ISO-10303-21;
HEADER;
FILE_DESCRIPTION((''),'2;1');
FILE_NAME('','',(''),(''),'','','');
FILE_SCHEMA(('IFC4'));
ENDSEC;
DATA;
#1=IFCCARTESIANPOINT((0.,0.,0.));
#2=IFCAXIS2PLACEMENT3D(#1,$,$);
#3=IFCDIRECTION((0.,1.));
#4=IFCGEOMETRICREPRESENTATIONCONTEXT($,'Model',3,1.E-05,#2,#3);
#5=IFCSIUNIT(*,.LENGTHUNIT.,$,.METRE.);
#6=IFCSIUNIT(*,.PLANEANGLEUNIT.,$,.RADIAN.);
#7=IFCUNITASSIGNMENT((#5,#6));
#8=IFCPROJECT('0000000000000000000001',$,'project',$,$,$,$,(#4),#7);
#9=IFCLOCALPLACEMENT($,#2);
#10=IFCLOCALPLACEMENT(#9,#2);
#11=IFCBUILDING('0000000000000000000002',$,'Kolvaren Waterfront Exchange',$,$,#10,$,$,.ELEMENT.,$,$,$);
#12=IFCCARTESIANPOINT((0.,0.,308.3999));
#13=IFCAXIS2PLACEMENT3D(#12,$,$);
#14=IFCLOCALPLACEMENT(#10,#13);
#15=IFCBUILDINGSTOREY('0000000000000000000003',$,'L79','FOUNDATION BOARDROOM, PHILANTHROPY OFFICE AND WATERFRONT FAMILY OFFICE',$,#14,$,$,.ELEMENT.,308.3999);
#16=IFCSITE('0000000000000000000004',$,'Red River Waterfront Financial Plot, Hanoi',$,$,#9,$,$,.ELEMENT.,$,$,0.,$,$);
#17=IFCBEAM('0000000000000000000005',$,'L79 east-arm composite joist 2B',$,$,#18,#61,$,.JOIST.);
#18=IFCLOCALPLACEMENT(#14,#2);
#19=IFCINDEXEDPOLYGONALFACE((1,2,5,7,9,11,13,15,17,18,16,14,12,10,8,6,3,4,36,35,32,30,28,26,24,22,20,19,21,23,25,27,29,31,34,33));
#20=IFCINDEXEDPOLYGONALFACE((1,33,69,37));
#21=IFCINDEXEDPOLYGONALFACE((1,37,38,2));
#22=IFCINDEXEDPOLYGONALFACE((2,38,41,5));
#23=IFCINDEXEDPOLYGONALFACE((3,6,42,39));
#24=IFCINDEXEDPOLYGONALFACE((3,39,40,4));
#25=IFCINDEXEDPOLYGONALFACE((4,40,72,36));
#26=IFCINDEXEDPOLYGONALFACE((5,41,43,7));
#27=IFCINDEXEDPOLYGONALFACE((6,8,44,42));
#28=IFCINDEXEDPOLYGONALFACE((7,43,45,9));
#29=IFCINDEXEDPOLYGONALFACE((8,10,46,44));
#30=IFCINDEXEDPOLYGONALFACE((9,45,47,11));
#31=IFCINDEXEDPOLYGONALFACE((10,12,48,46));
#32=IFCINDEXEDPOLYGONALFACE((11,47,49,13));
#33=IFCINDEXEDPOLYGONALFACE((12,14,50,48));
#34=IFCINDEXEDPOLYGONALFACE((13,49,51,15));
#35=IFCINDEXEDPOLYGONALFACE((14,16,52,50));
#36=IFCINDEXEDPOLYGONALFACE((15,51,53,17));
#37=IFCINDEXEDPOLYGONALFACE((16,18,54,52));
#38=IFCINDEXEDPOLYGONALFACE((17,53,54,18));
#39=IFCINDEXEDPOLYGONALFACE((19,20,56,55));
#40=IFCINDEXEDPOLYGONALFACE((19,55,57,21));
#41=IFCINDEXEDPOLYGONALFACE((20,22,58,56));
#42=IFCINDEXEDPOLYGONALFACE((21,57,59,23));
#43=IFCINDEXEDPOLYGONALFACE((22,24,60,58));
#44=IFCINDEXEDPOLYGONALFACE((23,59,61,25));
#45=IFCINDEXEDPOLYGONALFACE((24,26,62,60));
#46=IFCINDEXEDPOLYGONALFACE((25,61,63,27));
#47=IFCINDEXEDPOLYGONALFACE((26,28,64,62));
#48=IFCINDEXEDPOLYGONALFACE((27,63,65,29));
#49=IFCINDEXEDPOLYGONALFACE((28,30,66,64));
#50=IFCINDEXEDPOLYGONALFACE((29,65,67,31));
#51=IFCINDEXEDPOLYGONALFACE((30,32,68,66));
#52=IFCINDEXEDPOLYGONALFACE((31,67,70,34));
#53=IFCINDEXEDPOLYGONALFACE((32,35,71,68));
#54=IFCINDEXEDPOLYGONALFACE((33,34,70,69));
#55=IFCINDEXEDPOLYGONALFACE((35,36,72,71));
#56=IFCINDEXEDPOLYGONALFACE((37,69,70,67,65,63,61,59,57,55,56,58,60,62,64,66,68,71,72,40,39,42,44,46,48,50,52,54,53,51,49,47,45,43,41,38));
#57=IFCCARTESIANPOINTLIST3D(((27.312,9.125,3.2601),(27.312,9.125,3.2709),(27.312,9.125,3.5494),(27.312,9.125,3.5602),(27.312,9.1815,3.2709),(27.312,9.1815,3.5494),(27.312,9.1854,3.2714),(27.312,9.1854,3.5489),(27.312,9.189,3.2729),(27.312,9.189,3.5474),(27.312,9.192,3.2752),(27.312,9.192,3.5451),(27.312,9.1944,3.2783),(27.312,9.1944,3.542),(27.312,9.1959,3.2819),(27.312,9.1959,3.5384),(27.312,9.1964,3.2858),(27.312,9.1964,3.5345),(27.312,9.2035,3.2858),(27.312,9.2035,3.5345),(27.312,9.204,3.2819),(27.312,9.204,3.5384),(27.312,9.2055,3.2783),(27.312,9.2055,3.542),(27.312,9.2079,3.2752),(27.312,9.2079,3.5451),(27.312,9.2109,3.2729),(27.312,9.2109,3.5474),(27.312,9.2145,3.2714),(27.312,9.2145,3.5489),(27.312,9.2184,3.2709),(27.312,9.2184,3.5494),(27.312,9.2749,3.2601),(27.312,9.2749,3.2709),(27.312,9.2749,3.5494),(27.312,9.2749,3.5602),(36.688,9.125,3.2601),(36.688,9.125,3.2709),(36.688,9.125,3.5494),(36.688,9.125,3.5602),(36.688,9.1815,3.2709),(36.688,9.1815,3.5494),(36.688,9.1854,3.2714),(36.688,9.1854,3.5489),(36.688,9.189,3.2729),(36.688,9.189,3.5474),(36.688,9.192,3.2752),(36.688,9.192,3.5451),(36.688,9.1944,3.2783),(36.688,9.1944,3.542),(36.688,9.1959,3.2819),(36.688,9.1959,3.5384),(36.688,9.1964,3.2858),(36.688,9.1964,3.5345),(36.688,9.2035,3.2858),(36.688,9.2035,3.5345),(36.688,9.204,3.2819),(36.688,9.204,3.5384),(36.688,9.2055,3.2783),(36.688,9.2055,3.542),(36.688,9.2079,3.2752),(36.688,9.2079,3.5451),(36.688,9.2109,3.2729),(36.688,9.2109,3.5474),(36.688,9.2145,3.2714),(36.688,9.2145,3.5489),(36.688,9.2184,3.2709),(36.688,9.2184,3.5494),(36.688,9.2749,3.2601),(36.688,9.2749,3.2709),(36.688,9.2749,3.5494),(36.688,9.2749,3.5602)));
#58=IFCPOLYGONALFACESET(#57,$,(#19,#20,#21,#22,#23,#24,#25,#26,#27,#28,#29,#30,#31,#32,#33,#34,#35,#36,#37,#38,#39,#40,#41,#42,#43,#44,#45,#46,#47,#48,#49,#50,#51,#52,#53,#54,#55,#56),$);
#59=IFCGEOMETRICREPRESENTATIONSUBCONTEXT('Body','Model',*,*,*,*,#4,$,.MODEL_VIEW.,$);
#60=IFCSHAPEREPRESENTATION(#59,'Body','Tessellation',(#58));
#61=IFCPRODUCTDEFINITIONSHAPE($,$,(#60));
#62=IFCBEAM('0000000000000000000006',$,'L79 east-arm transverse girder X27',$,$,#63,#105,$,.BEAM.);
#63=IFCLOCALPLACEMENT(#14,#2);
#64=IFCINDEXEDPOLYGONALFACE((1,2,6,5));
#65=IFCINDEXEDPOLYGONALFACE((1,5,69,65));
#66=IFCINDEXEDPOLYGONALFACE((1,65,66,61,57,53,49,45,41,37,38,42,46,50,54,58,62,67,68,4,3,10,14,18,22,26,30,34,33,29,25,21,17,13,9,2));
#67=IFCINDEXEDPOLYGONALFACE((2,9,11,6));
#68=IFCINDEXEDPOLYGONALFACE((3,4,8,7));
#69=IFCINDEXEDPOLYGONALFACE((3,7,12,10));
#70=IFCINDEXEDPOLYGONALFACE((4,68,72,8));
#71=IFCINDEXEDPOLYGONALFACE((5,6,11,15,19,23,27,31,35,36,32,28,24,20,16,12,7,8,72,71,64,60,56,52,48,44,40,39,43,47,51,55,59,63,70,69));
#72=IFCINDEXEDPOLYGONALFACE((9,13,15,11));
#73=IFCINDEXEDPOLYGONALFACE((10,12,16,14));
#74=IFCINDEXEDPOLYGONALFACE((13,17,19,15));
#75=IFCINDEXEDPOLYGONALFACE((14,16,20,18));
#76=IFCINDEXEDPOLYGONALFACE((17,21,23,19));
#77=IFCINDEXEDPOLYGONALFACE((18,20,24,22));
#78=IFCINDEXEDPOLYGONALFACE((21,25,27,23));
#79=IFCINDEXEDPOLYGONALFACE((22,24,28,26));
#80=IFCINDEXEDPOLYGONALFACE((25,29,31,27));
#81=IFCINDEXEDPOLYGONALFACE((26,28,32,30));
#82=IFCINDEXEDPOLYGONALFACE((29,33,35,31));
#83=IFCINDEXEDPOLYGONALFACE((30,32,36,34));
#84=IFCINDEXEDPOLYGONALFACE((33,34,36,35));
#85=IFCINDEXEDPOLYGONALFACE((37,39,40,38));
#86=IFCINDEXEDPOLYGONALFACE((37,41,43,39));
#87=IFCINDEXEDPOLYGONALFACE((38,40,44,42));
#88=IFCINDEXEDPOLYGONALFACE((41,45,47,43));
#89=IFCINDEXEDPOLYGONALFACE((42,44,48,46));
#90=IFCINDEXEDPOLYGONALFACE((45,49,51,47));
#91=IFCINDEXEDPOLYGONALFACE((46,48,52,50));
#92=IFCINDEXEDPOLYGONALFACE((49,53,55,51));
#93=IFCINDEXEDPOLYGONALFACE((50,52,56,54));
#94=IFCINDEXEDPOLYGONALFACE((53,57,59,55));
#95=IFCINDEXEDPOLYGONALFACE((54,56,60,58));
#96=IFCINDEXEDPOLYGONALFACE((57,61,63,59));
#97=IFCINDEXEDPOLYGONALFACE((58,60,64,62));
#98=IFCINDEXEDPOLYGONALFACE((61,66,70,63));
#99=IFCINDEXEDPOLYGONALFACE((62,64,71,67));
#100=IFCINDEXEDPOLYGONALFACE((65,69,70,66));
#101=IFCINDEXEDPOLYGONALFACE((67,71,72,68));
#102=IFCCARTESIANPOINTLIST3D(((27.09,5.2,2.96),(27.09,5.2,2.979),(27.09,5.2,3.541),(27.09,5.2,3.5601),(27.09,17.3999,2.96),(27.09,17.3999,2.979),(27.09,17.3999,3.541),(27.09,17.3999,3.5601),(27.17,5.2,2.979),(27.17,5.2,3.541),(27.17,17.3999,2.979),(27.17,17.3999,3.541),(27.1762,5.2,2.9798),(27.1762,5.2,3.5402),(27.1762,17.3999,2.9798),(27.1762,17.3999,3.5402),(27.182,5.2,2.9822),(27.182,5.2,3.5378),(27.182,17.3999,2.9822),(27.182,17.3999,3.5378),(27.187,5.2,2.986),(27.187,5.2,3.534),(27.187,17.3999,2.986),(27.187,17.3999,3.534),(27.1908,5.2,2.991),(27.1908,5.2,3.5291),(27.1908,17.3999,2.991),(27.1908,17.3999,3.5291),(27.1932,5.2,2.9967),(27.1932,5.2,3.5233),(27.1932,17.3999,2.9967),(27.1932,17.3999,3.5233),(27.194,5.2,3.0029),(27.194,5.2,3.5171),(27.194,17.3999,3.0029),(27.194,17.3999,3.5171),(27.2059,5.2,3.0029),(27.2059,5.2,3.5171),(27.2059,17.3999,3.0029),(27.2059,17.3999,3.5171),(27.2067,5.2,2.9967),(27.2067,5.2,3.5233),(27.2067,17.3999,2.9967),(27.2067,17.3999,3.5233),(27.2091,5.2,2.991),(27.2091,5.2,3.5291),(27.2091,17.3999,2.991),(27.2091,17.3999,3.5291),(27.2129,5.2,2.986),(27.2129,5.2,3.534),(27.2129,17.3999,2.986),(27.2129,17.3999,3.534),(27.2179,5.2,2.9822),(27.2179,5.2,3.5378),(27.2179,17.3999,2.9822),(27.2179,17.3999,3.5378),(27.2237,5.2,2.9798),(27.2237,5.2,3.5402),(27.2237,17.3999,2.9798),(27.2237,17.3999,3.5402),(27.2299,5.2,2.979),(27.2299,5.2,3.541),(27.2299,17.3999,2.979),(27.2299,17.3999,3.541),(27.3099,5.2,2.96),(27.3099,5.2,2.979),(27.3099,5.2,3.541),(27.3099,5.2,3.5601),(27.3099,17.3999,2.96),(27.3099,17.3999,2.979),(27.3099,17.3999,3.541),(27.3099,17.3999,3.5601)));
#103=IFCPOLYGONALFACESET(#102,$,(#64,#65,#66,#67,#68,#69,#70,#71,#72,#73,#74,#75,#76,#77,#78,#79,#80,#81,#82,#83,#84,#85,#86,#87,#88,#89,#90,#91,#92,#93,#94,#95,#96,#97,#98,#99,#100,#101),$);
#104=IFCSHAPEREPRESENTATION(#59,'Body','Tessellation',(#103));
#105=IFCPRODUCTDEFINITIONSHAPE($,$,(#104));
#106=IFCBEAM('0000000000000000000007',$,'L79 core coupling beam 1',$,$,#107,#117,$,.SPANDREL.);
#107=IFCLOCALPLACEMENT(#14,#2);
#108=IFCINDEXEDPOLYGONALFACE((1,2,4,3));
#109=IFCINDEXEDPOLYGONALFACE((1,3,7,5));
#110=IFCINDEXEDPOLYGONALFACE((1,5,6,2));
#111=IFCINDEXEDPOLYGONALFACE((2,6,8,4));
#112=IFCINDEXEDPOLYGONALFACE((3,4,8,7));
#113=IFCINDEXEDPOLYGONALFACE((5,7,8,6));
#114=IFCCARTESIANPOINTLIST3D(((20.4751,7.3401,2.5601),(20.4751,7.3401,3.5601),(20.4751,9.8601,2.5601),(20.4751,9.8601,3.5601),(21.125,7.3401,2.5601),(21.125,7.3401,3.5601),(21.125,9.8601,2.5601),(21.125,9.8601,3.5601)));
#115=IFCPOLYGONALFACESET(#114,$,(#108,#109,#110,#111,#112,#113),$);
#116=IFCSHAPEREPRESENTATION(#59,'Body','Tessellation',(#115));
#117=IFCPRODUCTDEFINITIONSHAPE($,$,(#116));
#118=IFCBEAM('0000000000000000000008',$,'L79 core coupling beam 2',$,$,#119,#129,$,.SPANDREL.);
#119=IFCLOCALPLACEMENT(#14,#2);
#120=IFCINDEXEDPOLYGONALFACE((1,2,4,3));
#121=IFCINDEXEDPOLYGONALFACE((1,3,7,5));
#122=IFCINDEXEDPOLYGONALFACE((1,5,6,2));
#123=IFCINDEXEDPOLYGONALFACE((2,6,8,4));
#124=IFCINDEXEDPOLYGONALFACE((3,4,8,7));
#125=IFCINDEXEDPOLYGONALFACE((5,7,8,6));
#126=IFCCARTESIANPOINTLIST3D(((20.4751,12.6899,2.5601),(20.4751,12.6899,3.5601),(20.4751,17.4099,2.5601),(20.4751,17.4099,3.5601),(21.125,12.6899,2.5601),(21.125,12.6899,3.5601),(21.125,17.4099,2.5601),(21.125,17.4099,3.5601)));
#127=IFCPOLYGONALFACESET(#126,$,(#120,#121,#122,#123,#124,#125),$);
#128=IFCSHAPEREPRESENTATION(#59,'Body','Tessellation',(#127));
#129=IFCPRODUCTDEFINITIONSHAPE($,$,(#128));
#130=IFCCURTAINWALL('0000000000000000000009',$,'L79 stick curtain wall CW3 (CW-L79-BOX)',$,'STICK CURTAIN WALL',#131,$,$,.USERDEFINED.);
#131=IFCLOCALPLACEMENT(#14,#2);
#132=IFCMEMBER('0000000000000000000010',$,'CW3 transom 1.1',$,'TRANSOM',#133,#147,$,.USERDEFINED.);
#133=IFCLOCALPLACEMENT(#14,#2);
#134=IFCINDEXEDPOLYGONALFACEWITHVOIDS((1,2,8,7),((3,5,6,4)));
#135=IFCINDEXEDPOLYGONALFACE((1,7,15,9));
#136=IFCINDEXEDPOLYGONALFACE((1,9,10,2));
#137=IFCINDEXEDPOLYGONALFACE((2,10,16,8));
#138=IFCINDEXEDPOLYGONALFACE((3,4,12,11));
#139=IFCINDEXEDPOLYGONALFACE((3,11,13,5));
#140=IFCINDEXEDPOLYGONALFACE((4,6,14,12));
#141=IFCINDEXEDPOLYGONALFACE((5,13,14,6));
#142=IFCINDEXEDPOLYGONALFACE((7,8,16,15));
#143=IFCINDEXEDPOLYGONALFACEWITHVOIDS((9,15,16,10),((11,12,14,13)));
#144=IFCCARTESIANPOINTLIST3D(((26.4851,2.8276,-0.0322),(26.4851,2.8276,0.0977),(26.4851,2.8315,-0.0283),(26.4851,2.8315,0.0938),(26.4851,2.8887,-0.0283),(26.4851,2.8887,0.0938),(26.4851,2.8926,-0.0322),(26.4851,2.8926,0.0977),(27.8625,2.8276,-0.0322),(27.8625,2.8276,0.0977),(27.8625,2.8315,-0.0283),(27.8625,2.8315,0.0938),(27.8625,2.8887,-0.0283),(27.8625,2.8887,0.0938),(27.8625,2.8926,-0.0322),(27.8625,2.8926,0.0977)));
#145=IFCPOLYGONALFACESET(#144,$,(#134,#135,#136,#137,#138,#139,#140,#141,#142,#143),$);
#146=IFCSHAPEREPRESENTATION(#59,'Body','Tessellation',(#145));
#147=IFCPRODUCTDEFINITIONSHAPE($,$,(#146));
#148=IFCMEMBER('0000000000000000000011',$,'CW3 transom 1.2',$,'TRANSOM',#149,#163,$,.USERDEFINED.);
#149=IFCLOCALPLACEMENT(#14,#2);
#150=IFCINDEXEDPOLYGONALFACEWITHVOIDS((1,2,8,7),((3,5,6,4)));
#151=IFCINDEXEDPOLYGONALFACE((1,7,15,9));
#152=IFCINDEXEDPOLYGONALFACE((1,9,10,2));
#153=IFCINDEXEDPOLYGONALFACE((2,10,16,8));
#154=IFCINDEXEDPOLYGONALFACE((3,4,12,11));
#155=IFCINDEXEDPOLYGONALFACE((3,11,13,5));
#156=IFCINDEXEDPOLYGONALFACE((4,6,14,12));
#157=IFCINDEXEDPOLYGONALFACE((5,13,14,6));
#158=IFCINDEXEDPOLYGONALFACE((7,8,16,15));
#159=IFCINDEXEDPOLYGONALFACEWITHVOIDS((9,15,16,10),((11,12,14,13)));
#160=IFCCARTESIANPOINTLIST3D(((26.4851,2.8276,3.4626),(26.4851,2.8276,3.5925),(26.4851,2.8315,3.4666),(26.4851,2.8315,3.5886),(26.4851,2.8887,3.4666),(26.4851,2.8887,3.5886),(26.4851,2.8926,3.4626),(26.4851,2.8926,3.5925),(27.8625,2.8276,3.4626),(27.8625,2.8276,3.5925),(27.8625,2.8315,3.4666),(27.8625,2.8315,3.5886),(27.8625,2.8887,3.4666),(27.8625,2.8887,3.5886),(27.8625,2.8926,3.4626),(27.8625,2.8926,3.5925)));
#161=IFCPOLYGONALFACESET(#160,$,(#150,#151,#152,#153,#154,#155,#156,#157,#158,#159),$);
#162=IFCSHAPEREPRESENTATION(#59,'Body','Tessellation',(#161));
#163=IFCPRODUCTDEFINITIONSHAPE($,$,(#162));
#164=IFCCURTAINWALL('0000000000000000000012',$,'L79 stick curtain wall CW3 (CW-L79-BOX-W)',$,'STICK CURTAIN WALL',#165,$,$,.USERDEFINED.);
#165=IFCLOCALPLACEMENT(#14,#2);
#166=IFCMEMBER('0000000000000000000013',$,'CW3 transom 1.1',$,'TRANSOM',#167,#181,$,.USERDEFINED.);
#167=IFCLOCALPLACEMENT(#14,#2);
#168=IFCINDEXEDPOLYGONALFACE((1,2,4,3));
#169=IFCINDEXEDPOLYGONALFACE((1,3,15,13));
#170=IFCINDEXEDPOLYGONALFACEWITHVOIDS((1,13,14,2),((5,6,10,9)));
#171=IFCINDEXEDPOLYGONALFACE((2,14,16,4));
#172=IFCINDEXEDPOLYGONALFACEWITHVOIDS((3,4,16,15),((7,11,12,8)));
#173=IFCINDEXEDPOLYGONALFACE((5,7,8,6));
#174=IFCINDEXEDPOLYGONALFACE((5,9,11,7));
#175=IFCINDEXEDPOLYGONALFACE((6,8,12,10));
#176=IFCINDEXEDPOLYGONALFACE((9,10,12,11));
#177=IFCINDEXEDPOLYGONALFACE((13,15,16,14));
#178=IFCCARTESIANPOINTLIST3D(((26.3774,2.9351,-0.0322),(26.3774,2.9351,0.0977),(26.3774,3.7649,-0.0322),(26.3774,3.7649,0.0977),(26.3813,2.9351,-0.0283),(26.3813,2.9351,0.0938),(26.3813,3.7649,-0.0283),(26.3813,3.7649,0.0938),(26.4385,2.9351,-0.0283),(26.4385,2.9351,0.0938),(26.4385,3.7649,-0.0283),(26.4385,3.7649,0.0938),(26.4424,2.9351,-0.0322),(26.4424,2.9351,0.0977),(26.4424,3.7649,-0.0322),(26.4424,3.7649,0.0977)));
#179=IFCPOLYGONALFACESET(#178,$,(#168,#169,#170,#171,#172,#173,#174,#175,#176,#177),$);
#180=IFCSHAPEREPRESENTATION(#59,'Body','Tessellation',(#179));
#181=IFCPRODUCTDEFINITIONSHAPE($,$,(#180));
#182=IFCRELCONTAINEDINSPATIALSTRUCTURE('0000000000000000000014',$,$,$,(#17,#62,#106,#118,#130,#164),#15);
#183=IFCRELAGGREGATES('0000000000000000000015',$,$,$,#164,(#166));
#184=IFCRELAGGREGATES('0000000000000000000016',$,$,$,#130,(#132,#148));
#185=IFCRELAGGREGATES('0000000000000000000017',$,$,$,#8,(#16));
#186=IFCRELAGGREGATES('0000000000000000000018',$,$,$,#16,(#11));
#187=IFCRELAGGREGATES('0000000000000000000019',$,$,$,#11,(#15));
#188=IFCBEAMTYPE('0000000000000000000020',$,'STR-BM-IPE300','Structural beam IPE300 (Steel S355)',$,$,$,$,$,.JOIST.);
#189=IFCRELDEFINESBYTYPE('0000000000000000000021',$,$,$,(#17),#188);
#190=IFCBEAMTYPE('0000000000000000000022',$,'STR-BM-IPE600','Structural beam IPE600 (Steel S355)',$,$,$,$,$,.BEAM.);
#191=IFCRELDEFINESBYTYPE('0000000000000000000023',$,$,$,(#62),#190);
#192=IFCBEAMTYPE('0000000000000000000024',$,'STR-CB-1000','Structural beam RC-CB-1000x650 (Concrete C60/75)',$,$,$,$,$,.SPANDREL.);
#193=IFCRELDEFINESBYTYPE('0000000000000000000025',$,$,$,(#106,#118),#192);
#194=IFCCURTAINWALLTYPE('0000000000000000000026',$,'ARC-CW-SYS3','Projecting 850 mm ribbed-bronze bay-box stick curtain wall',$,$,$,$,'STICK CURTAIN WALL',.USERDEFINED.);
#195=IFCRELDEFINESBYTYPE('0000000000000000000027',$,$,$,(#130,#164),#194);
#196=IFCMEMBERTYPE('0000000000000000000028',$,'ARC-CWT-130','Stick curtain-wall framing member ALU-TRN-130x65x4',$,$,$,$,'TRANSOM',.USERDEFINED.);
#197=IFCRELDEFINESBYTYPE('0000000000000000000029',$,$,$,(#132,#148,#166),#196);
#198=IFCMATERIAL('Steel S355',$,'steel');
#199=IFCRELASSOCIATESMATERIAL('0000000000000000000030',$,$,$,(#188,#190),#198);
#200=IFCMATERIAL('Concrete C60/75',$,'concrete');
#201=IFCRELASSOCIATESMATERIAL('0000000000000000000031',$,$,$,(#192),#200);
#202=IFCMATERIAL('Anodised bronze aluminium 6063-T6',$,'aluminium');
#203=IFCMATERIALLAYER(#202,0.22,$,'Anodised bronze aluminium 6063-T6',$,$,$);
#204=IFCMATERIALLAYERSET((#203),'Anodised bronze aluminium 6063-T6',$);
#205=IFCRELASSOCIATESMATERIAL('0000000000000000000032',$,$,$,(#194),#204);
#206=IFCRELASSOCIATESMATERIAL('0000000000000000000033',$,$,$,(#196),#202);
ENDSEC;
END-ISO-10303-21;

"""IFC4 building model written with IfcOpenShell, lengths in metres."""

from ifc_helpers import new_model, si_unit, direction, frame, origin, origin_with_axes, origin_2d, place, context, subcontext, project, spatial, rectangle, hollow_rectangle, i_section, extrude, source, transform, mapped, material, layer, layer_set, material_profile, profile_set, type_object, element, aggregate, save


model = new_model("IFC4")

# Units and contexts
model_context = context("Model", 3, precision=1e-05, world=origin(), true_north=direction((0.0, 1.0)))
body_context = subcontext(model_context, "Body", "Model", "MODEL_VIEW")
ifc_project = project(units=[si_unit("LENGTHUNIT", "METRE"), si_unit("PLANEANGLEUNIT", "RADIAN")], contexts=[model_context])

# Site, building, storey
site_placement = place(None, origin())
site = spatial("IfcSite", under=ifc_project, at=site_placement, Name="Red River Waterfront Financial Plot, Hanoi", CompositionType="ELEMENT", RefElevation=0.0)
building_placement = place(site_placement, origin())
building = spatial("IfcBuilding", under=site, at=building_placement, Name="Kolvaren Waterfront Exchange", CompositionType="ELEMENT")
storey_placement = place(building_placement, frame((0.0, 0.0, 308.3999)))
storey = spatial("IfcBuildingStorey", under=building, at=storey_placement, Name="L79", Description="FOUNDATION BOARDROOM, PHILANTHROPY OFFICE AND WATERFRONT FAMILY OFFICE", CompositionType="ELEMENT", Elevation=308.3999)

# Beams
ifc_material_1 = material(Name="Steel S355", Category="steel")
ifc_material_profile_1 = material_profile(ifc_material_1, i_section(OverallWidth=0.1499, OverallDepth=0.3, WebThickness=0.0071, FlangeThickness=0.0107, FilletRadius=0.0149, at=origin_2d()), Name="IPE300")
ifc_profile_set_1 = profile_set([ifc_material_profile_1], Name="Steel S355")
beam_type_1 = type_object("IfcBeamType", Name="STR-BM-IPE300", Description="Structural beam IPE300 (Steel S355)", PredefinedType="JOIST", material=ifc_profile_set_1)
beam_1_placement = place(storey_placement, frame((27.312, 9.2, 3.4102), z_axis=(1.0, 0.0, 0.0), x_axis=(0.0, 1.0, 0.0)))
element("IfcBeam", 1, at=beam_1_placement, inside=storey, type_object=beam_type_1, Name="L79 east-arm composite joist 2B", PredefinedType="JOIST", context=body_context, shape_type="SweptSolid", body=[
    extrude(i_section(OverallWidth=0.1499, OverallDepth=0.3, WebThickness=0.0071, FlangeThickness=0.0107, FilletRadius=0.0149, at=origin_2d()), origin(), (0.0, 0.0, 1.0), 9.376),
])
ifc_material_profile_2 = material_profile(ifc_material_1, i_section(OverallWidth=0.22, OverallDepth=0.6001, WebThickness=0.012, FlangeThickness=0.019, FilletRadius=0.0239, at=origin_2d()), Name="IPE600")
ifc_profile_set_2 = profile_set([ifc_material_profile_2], Name="Steel S355")
beam_type_2 = type_object("IfcBeamType", Name="STR-BM-IPE600", Description="Structural beam IPE600 (Steel S355)", PredefinedType="BEAM", material=ifc_profile_set_2)
beam_2_placement = place(storey_placement, frame((27.2, 5.2, 3.26), z_axis=(0.0, 1.0, 0.0), x_axis=(-1.0, 0.0, 0.0)))
element("IfcBeam", 2, at=beam_2_placement, inside=storey, type_object=beam_type_2, Name="L79 east-arm transverse girder X27", PredefinedType="BEAM", context=body_context, shape_type="SweptSolid", body=[
    extrude(i_section(OverallWidth=0.22, OverallDepth=0.6001, WebThickness=0.012, FlangeThickness=0.019, FilletRadius=0.0239, at=origin_2d()), origin(), (0.0, 0.0, 1.0), 12.2),
])
ifc_material_2 = material(Name="Concrete C60/75", Category="concrete")
ifc_material_profile_3 = material_profile(ifc_material_2, rectangle(XDim=0.6499, YDim=1.0, at=origin_2d()), Name="RC-CB-1000x650")
ifc_profile_set_3 = profile_set([ifc_material_profile_3], Name="Concrete C60/75")
beam_type_3 = type_object("IfcBeamType", Name="STR-CB-1000", Description="Structural beam RC-CB-1000x650 (Concrete C60/75)", PredefinedType="SPANDREL", material=ifc_profile_set_3)
beam_3_placement = place(storey_placement, frame((20.8, 7.3401, 3.0601), z_axis=(0.0, 1.0, 0.0), x_axis=(-1.0, 0.0, 0.0)))
element("IfcBeam", 3, at=beam_3_placement, inside=storey, type_object=beam_type_3, Name="L79 core coupling beam 1", PredefinedType="SPANDREL", context=body_context, shape_type="SweptSolid", body=[
    extrude(rectangle(XDim=0.6499, YDim=1.0, at=origin_2d()), origin(), (0.0, 0.0, 1.0), 2.52),
])
beam_4_placement = place(storey_placement, frame((20.8, 12.6899, 3.0601), z_axis=(0.0, 1.0, 0.0), x_axis=(-1.0, 0.0, 0.0)))
element("IfcBeam", 4, at=beam_4_placement, inside=storey, type_object=beam_type_3, Name="L79 core coupling beam 2", PredefinedType="SPANDREL", context=body_context, shape_type="SweptSolid", body=[
    extrude(rectangle(XDim=0.6499, YDim=1.0, at=origin_2d()), origin(), (0.0, 0.0, 1.0), 4.72),
])

# Curtain walls, members
ifc_material_3 = material(Name="Anodised bronze aluminium 6063-T6", Category="aluminium")
ifc_layer_1 = layer(ifc_material_3, 0.22, Name="Anodised bronze aluminium 6063-T6")
ifc_layer_set_1 = layer_set([ifc_layer_1], Name="Anodised bronze aluminium 6063-T6")
curtain_wall_type_1 = type_object("IfcCurtainWallType", Name="ARC-CW-SYS3", Description="Projecting 850 mm ribbed-bronze bay-box stick curtain wall", ElementType="STICK CURTAIN WALL", PredefinedType="USERDEFINED", material=ifc_layer_set_1)
curtain_wall_1_placement = place(storey_placement, origin())
curtain_wall_1 = element("IfcCurtainWall", 5, at=curtain_wall_1_placement, inside=storey, type_object=curtain_wall_type_1, Name="L79 stick curtain wall CW3 (CW-L79-BOX)", ObjectType="STICK CURTAIN WALL", PredefinedType="USERDEFINED")
ifc_material_profile_4 = material_profile(ifc_material_3, hollow_rectangle(XDim=0.0649, YDim=0.1299, WallThickness=0.0039, at=origin_2d()), Name="ALU-TRN-130x65x4")
ifc_profile_set_4 = profile_set([ifc_material_profile_4], Name="Anodised bronze aluminium 6063-T6")
member_type_1 = type_object("IfcMemberType", Name="ARC-CWT-130", Description="Stick curtain-wall framing member ALU-TRN-130x65x4", ElementType="TRANSOM", PredefinedType="USERDEFINED", material=ifc_profile_set_4)
shared_shape_1 = source(origin_with_axes(), body_context, "Body", "SweptSolid", [
    extrude(hollow_rectangle(XDim=0.0649, YDim=0.1299, WallThickness=0.0039, at=origin_2d()), origin(), (0.0, 0.0, 1.0), 1.3774),
])
member_1_placement = place(storey_placement, frame((26.4851, 2.8601, 0.0327), z_axis=(1.0, 0.0, 0.0), x_axis=(0.0, 1.0, 0.0)))
member_1 = element("IfcMember", 6, at=member_1_placement, type_object=member_type_1, Name="CW3 transom 1.1", ObjectType="TRANSOM", PredefinedType="USERDEFINED", context=body_context, shape_type="MappedRepresentation", body=[
    mapped(shared_shape_1, transform((0.0, 0.0, 0.0), x_axis=(1.0, 0.0, 0.0), y_axis=(0.0, 1.0, 0.0), z_axis=(0.0, 0.0, 1.0), scale=1.0)),
])
member_2_placement = place(storey_placement, frame((26.4851, 2.8601, 3.5276), z_axis=(1.0, 0.0, 0.0), x_axis=(0.0, 1.0, 0.0)))
member_2 = element("IfcMember", 7, at=member_2_placement, type_object=member_type_1, Name="CW3 transom 1.2", ObjectType="TRANSOM", PredefinedType="USERDEFINED", context=body_context, shape_type="MappedRepresentation", body=[
    mapped(shared_shape_1, transform((0.0, 0.0, 0.0), x_axis=(1.0, 0.0, 0.0), y_axis=(0.0, 1.0, 0.0), z_axis=(0.0, 0.0, 1.0), scale=1.0)),
])
curtain_wall_2_placement = place(storey_placement, origin())
curtain_wall_2 = element("IfcCurtainWall", 8, at=curtain_wall_2_placement, inside=storey, type_object=curtain_wall_type_1, Name="L79 stick curtain wall CW3 (CW-L79-BOX-W)", ObjectType="STICK CURTAIN WALL", PredefinedType="USERDEFINED")
shared_shape_2 = source(origin_with_axes(), body_context, "Body", "SweptSolid", [
    extrude(hollow_rectangle(XDim=0.0649, YDim=0.1299, WallThickness=0.0039, at=origin_2d()), origin(), (0.0, 0.0, 1.0), 0.8298),
])
member_3_placement = place(storey_placement, frame((26.4099, 3.7649, 0.0327), z_axis=(0.0, -1.0, 0.0), x_axis=(1.0, 0.0, 0.0)))
member_3 = element("IfcMember", 9, at=member_3_placement, type_object=member_type_1, Name="CW3 transom 1.1", ObjectType="TRANSOM", PredefinedType="USERDEFINED", context=body_context, shape_type="MappedRepresentation", body=[
    mapped(shared_shape_2, transform((0.0, 0.0, 0.0), x_axis=(1.0, 0.0, 0.0), y_axis=(0.0, 1.0, 0.0), z_axis=(0.0, 0.0, 1.0), scale=1.0)),
])

aggregate(curtain_wall_2, [member_3])
aggregate(curtain_wall_1, [member_1, member_2])

save(model, "model.ifc")
